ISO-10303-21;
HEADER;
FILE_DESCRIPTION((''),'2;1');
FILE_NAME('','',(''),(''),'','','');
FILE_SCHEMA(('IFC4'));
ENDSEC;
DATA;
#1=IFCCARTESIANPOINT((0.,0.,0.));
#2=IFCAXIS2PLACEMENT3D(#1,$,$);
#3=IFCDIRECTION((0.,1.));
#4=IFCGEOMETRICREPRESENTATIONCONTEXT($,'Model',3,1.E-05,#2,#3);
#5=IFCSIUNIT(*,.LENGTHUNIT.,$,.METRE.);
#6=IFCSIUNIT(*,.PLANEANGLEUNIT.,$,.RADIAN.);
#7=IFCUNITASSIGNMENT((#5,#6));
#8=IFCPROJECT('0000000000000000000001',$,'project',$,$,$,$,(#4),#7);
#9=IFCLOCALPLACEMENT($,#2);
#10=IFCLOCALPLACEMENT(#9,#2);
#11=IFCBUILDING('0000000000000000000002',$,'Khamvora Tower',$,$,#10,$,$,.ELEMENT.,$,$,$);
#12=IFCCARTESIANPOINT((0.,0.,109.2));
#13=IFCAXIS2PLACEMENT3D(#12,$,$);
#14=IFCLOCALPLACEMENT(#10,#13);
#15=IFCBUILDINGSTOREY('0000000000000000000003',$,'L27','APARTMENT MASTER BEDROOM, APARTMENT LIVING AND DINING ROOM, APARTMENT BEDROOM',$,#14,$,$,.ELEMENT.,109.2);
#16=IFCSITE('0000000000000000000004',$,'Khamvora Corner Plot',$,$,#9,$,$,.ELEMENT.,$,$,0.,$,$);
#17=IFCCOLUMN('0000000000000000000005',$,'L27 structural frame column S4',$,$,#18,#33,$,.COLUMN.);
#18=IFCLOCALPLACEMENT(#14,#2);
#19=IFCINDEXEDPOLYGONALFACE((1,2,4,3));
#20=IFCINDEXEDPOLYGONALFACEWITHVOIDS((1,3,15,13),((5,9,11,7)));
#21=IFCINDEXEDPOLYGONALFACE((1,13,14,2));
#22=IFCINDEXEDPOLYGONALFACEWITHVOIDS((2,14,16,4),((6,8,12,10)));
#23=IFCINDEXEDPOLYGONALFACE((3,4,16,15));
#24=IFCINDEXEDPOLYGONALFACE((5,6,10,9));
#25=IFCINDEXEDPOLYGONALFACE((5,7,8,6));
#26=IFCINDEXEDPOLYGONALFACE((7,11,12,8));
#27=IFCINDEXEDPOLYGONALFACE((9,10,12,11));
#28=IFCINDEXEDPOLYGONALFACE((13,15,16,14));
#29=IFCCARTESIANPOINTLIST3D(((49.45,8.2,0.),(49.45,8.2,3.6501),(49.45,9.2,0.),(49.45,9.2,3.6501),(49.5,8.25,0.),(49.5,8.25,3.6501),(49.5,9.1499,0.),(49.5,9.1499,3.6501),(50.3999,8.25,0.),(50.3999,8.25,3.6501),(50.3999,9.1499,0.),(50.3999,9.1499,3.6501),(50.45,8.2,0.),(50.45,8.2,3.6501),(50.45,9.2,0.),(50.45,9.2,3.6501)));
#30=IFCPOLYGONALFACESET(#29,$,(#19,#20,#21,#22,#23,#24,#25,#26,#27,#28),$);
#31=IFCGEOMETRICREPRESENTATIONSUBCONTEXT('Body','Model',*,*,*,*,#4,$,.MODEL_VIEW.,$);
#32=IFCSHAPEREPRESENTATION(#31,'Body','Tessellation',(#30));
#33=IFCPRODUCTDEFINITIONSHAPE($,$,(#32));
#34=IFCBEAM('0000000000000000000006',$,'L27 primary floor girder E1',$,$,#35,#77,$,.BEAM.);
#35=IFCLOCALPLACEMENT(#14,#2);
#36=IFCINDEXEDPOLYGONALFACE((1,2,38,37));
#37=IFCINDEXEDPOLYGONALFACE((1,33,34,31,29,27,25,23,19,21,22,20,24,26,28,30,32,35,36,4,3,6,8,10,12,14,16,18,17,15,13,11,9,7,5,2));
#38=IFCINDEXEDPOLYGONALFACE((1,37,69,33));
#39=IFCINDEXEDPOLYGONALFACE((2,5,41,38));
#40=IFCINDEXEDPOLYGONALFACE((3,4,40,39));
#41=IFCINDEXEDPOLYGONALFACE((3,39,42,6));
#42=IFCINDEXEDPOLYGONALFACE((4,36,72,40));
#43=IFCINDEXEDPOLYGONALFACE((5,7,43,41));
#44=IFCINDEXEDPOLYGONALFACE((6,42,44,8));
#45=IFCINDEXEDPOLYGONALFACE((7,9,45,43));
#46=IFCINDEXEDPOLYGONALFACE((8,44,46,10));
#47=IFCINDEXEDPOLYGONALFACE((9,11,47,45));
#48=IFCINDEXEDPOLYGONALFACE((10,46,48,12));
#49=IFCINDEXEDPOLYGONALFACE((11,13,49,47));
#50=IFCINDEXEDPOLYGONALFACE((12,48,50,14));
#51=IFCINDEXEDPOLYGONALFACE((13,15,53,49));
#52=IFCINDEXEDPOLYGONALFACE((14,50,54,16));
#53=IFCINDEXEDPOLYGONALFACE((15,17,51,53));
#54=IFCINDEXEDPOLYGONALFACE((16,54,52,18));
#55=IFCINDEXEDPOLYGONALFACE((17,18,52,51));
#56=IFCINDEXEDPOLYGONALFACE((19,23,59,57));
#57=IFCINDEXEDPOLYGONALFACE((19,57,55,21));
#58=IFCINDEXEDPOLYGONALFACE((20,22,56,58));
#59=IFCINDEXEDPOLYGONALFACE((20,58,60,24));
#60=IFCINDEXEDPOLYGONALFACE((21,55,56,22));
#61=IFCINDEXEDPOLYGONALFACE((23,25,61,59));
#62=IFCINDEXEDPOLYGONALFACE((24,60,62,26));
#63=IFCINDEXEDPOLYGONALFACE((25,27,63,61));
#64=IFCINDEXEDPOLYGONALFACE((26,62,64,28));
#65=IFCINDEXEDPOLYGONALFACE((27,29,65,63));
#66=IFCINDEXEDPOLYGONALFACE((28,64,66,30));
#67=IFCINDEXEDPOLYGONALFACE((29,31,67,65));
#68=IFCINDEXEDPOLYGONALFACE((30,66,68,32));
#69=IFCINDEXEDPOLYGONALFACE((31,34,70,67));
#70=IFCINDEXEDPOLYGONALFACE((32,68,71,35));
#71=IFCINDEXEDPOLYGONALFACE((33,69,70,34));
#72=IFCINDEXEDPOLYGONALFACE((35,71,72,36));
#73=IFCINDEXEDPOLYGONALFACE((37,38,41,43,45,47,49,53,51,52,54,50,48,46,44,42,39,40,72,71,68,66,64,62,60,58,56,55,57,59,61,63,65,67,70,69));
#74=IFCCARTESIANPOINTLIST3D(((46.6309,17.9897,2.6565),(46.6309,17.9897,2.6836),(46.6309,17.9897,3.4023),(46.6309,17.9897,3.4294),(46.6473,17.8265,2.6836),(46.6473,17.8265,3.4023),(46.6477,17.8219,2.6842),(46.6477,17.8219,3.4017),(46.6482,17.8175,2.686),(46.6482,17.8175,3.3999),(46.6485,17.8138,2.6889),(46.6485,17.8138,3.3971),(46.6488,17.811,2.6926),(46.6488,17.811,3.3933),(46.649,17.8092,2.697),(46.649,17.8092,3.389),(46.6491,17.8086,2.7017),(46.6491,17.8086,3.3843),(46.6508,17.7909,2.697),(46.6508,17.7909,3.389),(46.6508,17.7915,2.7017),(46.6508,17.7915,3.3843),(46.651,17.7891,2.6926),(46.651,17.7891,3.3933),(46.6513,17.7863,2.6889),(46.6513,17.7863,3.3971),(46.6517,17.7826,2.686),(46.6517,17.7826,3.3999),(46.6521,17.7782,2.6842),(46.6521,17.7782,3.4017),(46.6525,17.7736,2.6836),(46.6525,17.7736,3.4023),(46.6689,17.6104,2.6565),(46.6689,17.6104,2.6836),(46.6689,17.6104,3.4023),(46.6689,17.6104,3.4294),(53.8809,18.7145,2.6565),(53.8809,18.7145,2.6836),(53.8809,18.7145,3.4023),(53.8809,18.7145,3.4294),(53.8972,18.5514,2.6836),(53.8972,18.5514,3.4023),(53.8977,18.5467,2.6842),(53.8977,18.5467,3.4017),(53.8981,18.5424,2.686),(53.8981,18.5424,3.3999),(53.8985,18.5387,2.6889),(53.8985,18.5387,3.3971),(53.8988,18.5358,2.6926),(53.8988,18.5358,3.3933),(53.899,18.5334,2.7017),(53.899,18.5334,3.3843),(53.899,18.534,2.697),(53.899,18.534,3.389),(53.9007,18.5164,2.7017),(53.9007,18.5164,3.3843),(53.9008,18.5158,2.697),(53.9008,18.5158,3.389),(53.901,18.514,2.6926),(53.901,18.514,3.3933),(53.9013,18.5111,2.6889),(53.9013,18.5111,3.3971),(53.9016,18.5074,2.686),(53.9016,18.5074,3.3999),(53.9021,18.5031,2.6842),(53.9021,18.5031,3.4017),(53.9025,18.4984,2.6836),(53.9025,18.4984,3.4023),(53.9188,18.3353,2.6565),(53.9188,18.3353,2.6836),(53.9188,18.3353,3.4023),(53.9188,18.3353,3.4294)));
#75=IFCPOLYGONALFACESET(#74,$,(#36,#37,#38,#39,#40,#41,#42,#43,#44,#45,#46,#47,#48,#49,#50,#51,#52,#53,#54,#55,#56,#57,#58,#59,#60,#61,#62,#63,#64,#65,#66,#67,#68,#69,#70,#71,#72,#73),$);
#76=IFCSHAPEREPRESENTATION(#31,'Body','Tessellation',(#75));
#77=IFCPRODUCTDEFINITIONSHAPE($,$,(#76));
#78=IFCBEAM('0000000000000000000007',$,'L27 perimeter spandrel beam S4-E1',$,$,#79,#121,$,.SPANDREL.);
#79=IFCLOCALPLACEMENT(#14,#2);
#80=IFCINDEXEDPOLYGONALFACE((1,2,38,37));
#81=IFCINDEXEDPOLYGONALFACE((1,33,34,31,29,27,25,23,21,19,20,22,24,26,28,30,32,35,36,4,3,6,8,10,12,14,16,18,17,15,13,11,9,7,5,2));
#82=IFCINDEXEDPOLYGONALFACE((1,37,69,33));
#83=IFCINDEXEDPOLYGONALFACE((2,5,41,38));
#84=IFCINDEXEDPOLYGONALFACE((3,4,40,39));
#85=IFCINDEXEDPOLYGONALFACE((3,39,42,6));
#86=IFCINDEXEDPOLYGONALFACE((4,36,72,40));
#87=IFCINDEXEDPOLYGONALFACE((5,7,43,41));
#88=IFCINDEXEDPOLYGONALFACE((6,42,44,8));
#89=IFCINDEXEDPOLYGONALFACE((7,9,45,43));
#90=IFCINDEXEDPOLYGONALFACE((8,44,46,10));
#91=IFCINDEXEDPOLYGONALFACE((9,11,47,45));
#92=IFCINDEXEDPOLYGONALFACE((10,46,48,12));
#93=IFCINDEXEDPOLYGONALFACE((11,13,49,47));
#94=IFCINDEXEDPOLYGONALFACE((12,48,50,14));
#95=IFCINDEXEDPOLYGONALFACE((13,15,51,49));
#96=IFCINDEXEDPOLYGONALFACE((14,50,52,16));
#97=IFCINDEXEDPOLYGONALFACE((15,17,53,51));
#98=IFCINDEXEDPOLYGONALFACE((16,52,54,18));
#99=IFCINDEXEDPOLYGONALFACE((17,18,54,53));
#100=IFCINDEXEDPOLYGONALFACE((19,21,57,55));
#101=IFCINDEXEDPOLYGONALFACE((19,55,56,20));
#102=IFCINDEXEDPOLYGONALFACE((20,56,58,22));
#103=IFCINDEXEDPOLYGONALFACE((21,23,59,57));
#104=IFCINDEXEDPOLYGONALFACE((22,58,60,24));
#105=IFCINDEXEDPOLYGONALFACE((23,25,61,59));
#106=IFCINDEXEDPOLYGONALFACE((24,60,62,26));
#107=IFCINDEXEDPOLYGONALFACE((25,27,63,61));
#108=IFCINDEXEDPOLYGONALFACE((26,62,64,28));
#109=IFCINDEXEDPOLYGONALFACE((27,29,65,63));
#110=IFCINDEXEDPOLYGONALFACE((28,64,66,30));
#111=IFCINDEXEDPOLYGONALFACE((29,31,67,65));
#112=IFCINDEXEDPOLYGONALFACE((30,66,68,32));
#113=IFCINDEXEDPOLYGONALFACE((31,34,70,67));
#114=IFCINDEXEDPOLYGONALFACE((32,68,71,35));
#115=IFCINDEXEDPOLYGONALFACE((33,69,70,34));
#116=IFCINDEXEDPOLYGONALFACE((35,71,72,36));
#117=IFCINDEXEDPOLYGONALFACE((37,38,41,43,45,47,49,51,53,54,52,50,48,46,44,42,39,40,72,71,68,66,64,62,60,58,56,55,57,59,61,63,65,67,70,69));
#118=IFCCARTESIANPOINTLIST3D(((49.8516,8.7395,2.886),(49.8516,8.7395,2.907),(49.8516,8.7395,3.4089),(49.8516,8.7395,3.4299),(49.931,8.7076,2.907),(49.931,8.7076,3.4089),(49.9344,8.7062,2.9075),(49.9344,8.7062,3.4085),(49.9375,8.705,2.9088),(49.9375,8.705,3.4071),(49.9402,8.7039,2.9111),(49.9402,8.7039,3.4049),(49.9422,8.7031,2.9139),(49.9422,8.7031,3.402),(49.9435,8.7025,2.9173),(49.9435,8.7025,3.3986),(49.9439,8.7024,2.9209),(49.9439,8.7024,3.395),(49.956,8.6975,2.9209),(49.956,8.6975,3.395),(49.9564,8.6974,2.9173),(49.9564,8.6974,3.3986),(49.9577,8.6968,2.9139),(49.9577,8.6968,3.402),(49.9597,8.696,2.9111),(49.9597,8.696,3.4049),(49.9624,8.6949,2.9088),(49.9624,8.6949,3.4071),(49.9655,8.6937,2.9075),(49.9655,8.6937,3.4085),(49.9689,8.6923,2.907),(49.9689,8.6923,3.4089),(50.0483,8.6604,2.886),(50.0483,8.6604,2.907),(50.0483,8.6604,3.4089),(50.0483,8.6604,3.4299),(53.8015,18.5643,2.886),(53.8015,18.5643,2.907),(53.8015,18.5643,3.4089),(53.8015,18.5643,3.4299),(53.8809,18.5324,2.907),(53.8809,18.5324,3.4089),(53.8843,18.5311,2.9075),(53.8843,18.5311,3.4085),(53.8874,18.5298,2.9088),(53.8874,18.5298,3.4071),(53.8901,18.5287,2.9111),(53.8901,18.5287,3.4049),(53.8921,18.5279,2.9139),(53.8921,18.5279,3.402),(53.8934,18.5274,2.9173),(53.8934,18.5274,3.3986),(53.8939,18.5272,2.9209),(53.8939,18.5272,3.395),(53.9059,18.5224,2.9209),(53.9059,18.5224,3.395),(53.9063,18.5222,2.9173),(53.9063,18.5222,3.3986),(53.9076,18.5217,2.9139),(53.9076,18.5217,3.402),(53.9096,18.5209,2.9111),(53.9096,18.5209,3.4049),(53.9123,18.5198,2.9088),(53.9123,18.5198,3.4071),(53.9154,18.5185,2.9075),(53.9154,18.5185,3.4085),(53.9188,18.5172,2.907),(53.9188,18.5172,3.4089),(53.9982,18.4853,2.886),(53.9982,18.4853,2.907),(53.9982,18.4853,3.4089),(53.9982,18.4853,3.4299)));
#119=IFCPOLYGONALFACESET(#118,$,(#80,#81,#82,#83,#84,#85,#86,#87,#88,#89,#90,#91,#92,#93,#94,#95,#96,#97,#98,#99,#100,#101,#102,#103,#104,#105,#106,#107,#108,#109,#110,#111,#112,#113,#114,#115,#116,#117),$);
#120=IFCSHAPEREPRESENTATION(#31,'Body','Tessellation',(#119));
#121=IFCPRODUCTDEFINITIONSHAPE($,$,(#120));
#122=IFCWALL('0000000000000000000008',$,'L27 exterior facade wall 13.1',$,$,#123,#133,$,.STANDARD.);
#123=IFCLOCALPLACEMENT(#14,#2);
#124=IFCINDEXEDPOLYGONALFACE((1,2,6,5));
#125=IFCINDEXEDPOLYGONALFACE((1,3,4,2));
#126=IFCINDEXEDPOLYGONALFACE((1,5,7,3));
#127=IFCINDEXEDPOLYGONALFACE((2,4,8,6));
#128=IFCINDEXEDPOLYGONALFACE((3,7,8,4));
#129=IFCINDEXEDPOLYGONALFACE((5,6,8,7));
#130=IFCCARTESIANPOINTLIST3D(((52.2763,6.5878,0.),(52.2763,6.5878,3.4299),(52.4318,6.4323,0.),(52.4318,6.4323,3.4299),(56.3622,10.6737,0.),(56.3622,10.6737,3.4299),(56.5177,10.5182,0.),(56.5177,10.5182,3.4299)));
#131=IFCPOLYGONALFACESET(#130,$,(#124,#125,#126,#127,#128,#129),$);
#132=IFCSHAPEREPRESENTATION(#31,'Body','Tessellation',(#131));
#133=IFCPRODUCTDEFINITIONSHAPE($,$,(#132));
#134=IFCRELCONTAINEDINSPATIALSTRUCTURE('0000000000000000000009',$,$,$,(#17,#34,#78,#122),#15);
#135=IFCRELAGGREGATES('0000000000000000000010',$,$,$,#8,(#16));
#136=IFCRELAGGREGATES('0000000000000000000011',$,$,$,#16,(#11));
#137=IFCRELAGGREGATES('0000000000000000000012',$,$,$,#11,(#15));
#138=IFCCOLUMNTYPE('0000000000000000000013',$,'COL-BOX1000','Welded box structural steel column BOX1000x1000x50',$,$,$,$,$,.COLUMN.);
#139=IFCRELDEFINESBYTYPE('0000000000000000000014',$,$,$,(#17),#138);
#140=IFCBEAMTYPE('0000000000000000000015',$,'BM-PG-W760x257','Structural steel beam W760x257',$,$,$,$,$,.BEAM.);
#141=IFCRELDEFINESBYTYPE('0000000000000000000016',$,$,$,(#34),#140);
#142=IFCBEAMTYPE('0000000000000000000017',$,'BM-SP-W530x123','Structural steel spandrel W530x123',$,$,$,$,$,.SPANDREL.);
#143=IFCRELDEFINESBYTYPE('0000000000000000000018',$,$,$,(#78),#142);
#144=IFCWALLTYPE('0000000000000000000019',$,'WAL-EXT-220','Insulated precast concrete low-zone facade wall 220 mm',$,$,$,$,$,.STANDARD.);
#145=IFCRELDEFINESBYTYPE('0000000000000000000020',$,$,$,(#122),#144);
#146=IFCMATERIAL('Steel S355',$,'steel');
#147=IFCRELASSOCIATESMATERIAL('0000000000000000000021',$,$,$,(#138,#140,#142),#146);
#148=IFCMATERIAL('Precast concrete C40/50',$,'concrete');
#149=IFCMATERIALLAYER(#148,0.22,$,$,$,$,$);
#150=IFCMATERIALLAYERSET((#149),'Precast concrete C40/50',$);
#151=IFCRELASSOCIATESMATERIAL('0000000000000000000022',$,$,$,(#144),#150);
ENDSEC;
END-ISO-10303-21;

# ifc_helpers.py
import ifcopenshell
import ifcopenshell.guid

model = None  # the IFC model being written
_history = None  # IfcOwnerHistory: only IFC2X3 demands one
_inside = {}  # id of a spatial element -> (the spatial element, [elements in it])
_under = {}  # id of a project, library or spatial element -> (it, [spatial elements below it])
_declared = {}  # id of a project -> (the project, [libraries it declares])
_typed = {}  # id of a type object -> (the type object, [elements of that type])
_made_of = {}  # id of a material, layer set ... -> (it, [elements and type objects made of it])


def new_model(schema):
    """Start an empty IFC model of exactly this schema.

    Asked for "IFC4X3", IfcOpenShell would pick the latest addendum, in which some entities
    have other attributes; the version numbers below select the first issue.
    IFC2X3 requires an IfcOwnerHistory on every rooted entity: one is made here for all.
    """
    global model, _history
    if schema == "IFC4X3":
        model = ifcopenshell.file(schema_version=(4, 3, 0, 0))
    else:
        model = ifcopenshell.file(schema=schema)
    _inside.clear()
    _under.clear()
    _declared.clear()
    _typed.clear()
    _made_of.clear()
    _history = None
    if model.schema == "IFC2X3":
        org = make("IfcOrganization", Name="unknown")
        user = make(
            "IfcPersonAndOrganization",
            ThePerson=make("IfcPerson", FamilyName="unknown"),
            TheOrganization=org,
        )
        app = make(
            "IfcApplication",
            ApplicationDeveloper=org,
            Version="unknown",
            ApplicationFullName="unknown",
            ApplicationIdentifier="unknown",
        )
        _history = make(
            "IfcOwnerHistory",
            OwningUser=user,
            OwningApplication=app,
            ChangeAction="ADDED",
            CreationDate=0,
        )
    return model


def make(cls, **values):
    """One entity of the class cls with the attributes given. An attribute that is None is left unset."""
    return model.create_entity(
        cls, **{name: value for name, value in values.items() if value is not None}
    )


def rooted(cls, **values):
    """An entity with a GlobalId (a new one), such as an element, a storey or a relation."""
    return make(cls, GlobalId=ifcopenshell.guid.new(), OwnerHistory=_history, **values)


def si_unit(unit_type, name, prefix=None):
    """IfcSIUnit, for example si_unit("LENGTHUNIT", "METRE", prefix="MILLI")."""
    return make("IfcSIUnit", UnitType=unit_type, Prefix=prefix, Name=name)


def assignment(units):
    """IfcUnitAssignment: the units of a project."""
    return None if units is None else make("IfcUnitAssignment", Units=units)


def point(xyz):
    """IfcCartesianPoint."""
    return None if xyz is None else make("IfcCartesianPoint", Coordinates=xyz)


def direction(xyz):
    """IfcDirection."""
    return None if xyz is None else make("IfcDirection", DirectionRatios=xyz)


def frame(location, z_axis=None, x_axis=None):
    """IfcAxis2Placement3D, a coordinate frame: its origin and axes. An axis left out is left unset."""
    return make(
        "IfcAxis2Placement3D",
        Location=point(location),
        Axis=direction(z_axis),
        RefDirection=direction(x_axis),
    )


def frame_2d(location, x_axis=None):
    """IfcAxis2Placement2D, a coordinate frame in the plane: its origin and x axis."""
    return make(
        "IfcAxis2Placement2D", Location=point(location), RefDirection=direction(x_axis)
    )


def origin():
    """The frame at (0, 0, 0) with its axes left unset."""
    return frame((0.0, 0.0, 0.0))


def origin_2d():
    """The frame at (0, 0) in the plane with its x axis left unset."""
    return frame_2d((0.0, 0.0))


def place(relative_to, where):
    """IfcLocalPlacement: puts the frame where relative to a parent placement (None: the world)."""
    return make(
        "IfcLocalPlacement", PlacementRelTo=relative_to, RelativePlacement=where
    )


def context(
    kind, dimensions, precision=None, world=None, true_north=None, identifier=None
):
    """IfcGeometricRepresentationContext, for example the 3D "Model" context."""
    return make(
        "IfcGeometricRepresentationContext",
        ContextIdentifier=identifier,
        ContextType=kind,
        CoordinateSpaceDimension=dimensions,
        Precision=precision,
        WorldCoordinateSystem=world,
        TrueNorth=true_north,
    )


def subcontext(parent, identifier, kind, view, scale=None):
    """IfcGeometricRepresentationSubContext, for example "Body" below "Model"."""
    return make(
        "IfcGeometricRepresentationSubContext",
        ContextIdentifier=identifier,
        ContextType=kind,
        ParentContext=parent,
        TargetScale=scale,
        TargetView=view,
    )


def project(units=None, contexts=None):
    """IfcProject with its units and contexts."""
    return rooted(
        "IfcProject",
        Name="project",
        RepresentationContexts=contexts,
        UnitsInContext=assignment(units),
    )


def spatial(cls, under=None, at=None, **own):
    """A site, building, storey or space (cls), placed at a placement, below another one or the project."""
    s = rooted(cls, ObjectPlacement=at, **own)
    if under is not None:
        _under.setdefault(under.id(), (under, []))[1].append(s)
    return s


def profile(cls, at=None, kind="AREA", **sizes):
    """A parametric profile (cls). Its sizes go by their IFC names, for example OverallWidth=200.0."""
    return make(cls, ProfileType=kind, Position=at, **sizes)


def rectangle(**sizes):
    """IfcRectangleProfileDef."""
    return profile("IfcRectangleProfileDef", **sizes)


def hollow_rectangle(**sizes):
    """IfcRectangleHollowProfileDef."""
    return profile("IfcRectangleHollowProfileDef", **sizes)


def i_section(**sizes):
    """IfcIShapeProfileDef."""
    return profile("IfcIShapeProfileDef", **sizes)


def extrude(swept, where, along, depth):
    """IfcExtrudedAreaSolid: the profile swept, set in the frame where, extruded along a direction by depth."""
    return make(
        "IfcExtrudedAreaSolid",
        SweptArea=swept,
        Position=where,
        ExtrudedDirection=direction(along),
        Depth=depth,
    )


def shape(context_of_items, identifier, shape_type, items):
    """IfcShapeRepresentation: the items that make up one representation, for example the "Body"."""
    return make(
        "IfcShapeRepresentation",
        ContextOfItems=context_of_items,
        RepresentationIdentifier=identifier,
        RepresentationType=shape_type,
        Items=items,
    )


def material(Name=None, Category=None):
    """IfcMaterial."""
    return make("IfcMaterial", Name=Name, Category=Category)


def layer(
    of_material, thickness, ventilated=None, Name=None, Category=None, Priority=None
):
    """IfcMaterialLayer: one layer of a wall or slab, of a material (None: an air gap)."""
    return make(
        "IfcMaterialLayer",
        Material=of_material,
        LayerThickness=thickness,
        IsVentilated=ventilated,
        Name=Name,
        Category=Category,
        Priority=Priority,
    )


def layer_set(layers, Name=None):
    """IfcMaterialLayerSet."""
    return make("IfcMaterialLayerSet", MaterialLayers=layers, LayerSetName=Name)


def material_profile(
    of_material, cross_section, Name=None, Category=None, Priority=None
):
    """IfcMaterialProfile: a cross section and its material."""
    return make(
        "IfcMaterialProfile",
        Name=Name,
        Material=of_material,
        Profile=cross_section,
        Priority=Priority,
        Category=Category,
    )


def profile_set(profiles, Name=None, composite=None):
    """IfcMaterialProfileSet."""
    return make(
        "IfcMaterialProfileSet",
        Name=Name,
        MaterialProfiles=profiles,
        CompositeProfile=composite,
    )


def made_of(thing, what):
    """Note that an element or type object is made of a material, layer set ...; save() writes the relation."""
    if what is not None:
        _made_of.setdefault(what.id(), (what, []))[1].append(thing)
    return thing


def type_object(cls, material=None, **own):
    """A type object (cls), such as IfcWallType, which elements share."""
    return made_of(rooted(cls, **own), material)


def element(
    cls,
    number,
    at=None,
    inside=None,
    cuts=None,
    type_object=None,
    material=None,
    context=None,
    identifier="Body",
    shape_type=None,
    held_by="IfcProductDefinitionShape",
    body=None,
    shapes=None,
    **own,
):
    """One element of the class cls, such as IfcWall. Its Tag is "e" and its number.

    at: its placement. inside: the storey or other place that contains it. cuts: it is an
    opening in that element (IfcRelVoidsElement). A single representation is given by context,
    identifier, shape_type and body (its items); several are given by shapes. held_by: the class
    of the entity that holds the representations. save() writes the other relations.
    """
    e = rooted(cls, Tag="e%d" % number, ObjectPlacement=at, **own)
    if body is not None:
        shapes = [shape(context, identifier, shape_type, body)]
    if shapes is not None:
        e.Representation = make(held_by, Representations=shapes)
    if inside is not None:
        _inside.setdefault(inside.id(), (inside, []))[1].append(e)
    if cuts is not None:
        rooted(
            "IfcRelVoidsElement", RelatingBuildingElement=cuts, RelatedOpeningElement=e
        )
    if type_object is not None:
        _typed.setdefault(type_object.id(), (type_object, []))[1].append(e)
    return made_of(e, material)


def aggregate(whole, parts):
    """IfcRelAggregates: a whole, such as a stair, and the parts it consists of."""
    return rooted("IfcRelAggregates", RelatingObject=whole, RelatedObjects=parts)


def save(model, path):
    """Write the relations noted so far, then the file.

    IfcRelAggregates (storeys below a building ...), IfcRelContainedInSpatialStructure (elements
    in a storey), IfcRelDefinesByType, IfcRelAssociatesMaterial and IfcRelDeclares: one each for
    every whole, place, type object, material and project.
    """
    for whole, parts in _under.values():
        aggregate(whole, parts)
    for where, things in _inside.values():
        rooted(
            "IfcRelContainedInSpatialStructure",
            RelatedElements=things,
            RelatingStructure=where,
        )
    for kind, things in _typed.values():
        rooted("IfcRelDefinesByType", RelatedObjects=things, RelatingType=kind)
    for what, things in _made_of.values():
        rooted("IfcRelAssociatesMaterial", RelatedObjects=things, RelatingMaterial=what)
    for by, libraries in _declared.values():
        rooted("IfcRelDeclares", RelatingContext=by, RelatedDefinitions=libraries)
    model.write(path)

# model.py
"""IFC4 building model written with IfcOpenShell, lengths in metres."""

from ifc_helpers import new_model, si_unit, direction, frame, frame_2d, origin, origin_2d, place, context, subcontext, project, spatial, rectangle, hollow_rectangle, i_section, extrude, material, layer, layer_set, material_profile, profile_set, type_object, element, save


model = new_model("IFC4")

# Units and contexts
model_context = context("Model", 3, precision=1e-05, world=origin(), true_north=direction((0.0, 1.0)))
body_context = subcontext(model_context, "Body", "Model", "MODEL_VIEW")
ifc_project = project(units=[si_unit("LENGTHUNIT", "METRE"), si_unit("PLANEANGLEUNIT", "RADIAN")], contexts=[model_context])

# Site, building, storey
site_placement = place(None, origin())
site = spatial("IfcSite", under=ifc_project, at=site_placement, Name="Khamvora Corner Plot", CompositionType="ELEMENT", RefElevation=0.0)
building_placement = place(site_placement, origin())
building = spatial("IfcBuilding", under=site, at=building_placement, Name="Khamvora Tower", CompositionType="ELEMENT")
storey_placement = place(building_placement, frame((0.0, 0.0, 109.2)))
storey = spatial("IfcBuildingStorey", under=building, at=storey_placement, Name="L27", Description="APARTMENT MASTER BEDROOM, APARTMENT LIVING AND DINING ROOM, APARTMENT BEDROOM", CompositionType="ELEMENT", Elevation=109.2)

# Column
ifc_material_1 = material(Name="Steel S355", Category="steel")
ifc_material_profile_1 = material_profile(ifc_material_1, hollow_rectangle(XDim=1.0, YDim=1.0, WallThickness=0.05, at=origin_2d()), Name="BOX1000x1000x50")
ifc_profile_set_1 = profile_set([ifc_material_profile_1], Name="Steel S355")
column_type = type_object("IfcColumnType", Name="COL-BOX1000", Description="Welded box structural steel column BOX1000x1000x50", PredefinedType="COLUMN", material=ifc_profile_set_1)
column_placement = place(storey_placement, frame((49.95, 8.7, 0.0), z_axis=(0.0, 0.0, 1.0), x_axis=(1.0, 0.0, 0.0)))
element("IfcColumn", 1, at=column_placement, inside=storey, type_object=column_type, Name="L27 structural frame column S4", PredefinedType="COLUMN", context=body_context, shape_type="SweptSolid", body=[
    extrude(hollow_rectangle(XDim=1.0, YDim=1.0, WallThickness=0.05, at=origin_2d()), origin(), (0.0, 0.0, 1.0), 3.6501),
])

# Beams
ifc_material_profile_2 = material_profile(ifc_material_1, i_section(OverallWidth=0.3811, OverallDepth=0.7729, WebThickness=0.0171, FlangeThickness=0.0271, FilletRadius=0.0181, at=origin_2d()), Name="W760x257")
ifc_profile_set_2 = profile_set([ifc_material_profile_2], Name="Steel S355")
beam_type_1 = type_object("IfcBeamType", Name="BM-PG-W760x257", Description="Structural steel beam W760x257", PredefinedType="BEAM", material=ifc_profile_set_2)
beam_1_placement = place(storey_placement, frame((46.6499, 17.8, 3.043), z_axis=(0.995039, 0.099484, 0.0), x_axis=(-0.099484, 0.995039, 0.0)))
element("IfcBeam", 2, at=beam_1_placement, inside=storey, type_object=beam_type_1, Name="L27 primary floor girder E1", PredefinedType="BEAM", context=body_context, shape_type="SweptSolid", body=[
    extrude(i_section(OverallWidth=0.3811, OverallDepth=0.7729, WebThickness=0.0171, FlangeThickness=0.0271, FilletRadius=0.0181, at=origin_2d()), origin(), (0.0, 0.0, 1.0), 7.2861),
])
ifc_material_profile_3 = material_profile(ifc_material_1, i_section(OverallWidth=0.2119, OverallDepth=0.5439, WebThickness=0.0129, FlangeThickness=0.021, FilletRadius=0.0139, at=origin_2d()), Name="W530x123")
ifc_profile_set_3 = profile_set([ifc_material_profile_3], Name="Steel S355")
beam_type_2 = type_object("IfcBeamType", Name="BM-SP-W530x123", Description="Structural steel spandrel W530x123", PredefinedType="SPANDREL", material=ifc_profile_set_3)
beam_2_placement = place(storey_placement, frame((49.95, 8.7, 3.158), z_axis=(0.373016, 0.927825, 0.0), x_axis=(-0.927825, 0.373016, 0.0)))
element("IfcBeam", 3, at=beam_2_placement, inside=storey, type_object=beam_type_2, Name="L27 perimeter spandrel beam S4-E1", PredefinedType="SPANDREL", context=body_context, shape_type="SweptSolid", body=[
    extrude(i_section(OverallWidth=0.2119, OverallDepth=0.5439, WebThickness=0.0129, FlangeThickness=0.021, FilletRadius=0.0139, at=origin_2d()), origin(), (0.0, 0.0, 1.0), 10.5891),
])

# Wall
ifc_material_2 = material(Name="Precast concrete C40/50", Category="concrete")
ifc_layer_1 = layer(ifc_material_2, 0.22)
ifc_layer_set_1 = layer_set([ifc_layer_1], Name="Precast concrete C40/50")
wall_type_1 = type_object("IfcWallType", Name="WAL-EXT-220", Description="Insulated precast concrete low-zone facade wall 220 mm", PredefinedType="STANDARD", material=ifc_layer_set_1)
wall_1_placement = place(storey_placement, frame((56.4399, 10.5959, 0.0), z_axis=(0.0, 0.0, 1.0), x_axis=(-0.707107, -0.707107, 0.0)))
element("IfcWall", 4, at=wall_1_placement, inside=storey, type_object=wall_type_1, Name="L27 exterior facade wall 13.1", PredefinedType="STANDARD", context=body_context, shape_type="SweptSolid", body=[
    extrude(rectangle(XDim=5.7783, YDim=0.22, at=frame_2d((2.8892, 0.0))), origin(), (0.0, 0.0, 1.0), 3.4299),
])

save(model, "model.ifc")
